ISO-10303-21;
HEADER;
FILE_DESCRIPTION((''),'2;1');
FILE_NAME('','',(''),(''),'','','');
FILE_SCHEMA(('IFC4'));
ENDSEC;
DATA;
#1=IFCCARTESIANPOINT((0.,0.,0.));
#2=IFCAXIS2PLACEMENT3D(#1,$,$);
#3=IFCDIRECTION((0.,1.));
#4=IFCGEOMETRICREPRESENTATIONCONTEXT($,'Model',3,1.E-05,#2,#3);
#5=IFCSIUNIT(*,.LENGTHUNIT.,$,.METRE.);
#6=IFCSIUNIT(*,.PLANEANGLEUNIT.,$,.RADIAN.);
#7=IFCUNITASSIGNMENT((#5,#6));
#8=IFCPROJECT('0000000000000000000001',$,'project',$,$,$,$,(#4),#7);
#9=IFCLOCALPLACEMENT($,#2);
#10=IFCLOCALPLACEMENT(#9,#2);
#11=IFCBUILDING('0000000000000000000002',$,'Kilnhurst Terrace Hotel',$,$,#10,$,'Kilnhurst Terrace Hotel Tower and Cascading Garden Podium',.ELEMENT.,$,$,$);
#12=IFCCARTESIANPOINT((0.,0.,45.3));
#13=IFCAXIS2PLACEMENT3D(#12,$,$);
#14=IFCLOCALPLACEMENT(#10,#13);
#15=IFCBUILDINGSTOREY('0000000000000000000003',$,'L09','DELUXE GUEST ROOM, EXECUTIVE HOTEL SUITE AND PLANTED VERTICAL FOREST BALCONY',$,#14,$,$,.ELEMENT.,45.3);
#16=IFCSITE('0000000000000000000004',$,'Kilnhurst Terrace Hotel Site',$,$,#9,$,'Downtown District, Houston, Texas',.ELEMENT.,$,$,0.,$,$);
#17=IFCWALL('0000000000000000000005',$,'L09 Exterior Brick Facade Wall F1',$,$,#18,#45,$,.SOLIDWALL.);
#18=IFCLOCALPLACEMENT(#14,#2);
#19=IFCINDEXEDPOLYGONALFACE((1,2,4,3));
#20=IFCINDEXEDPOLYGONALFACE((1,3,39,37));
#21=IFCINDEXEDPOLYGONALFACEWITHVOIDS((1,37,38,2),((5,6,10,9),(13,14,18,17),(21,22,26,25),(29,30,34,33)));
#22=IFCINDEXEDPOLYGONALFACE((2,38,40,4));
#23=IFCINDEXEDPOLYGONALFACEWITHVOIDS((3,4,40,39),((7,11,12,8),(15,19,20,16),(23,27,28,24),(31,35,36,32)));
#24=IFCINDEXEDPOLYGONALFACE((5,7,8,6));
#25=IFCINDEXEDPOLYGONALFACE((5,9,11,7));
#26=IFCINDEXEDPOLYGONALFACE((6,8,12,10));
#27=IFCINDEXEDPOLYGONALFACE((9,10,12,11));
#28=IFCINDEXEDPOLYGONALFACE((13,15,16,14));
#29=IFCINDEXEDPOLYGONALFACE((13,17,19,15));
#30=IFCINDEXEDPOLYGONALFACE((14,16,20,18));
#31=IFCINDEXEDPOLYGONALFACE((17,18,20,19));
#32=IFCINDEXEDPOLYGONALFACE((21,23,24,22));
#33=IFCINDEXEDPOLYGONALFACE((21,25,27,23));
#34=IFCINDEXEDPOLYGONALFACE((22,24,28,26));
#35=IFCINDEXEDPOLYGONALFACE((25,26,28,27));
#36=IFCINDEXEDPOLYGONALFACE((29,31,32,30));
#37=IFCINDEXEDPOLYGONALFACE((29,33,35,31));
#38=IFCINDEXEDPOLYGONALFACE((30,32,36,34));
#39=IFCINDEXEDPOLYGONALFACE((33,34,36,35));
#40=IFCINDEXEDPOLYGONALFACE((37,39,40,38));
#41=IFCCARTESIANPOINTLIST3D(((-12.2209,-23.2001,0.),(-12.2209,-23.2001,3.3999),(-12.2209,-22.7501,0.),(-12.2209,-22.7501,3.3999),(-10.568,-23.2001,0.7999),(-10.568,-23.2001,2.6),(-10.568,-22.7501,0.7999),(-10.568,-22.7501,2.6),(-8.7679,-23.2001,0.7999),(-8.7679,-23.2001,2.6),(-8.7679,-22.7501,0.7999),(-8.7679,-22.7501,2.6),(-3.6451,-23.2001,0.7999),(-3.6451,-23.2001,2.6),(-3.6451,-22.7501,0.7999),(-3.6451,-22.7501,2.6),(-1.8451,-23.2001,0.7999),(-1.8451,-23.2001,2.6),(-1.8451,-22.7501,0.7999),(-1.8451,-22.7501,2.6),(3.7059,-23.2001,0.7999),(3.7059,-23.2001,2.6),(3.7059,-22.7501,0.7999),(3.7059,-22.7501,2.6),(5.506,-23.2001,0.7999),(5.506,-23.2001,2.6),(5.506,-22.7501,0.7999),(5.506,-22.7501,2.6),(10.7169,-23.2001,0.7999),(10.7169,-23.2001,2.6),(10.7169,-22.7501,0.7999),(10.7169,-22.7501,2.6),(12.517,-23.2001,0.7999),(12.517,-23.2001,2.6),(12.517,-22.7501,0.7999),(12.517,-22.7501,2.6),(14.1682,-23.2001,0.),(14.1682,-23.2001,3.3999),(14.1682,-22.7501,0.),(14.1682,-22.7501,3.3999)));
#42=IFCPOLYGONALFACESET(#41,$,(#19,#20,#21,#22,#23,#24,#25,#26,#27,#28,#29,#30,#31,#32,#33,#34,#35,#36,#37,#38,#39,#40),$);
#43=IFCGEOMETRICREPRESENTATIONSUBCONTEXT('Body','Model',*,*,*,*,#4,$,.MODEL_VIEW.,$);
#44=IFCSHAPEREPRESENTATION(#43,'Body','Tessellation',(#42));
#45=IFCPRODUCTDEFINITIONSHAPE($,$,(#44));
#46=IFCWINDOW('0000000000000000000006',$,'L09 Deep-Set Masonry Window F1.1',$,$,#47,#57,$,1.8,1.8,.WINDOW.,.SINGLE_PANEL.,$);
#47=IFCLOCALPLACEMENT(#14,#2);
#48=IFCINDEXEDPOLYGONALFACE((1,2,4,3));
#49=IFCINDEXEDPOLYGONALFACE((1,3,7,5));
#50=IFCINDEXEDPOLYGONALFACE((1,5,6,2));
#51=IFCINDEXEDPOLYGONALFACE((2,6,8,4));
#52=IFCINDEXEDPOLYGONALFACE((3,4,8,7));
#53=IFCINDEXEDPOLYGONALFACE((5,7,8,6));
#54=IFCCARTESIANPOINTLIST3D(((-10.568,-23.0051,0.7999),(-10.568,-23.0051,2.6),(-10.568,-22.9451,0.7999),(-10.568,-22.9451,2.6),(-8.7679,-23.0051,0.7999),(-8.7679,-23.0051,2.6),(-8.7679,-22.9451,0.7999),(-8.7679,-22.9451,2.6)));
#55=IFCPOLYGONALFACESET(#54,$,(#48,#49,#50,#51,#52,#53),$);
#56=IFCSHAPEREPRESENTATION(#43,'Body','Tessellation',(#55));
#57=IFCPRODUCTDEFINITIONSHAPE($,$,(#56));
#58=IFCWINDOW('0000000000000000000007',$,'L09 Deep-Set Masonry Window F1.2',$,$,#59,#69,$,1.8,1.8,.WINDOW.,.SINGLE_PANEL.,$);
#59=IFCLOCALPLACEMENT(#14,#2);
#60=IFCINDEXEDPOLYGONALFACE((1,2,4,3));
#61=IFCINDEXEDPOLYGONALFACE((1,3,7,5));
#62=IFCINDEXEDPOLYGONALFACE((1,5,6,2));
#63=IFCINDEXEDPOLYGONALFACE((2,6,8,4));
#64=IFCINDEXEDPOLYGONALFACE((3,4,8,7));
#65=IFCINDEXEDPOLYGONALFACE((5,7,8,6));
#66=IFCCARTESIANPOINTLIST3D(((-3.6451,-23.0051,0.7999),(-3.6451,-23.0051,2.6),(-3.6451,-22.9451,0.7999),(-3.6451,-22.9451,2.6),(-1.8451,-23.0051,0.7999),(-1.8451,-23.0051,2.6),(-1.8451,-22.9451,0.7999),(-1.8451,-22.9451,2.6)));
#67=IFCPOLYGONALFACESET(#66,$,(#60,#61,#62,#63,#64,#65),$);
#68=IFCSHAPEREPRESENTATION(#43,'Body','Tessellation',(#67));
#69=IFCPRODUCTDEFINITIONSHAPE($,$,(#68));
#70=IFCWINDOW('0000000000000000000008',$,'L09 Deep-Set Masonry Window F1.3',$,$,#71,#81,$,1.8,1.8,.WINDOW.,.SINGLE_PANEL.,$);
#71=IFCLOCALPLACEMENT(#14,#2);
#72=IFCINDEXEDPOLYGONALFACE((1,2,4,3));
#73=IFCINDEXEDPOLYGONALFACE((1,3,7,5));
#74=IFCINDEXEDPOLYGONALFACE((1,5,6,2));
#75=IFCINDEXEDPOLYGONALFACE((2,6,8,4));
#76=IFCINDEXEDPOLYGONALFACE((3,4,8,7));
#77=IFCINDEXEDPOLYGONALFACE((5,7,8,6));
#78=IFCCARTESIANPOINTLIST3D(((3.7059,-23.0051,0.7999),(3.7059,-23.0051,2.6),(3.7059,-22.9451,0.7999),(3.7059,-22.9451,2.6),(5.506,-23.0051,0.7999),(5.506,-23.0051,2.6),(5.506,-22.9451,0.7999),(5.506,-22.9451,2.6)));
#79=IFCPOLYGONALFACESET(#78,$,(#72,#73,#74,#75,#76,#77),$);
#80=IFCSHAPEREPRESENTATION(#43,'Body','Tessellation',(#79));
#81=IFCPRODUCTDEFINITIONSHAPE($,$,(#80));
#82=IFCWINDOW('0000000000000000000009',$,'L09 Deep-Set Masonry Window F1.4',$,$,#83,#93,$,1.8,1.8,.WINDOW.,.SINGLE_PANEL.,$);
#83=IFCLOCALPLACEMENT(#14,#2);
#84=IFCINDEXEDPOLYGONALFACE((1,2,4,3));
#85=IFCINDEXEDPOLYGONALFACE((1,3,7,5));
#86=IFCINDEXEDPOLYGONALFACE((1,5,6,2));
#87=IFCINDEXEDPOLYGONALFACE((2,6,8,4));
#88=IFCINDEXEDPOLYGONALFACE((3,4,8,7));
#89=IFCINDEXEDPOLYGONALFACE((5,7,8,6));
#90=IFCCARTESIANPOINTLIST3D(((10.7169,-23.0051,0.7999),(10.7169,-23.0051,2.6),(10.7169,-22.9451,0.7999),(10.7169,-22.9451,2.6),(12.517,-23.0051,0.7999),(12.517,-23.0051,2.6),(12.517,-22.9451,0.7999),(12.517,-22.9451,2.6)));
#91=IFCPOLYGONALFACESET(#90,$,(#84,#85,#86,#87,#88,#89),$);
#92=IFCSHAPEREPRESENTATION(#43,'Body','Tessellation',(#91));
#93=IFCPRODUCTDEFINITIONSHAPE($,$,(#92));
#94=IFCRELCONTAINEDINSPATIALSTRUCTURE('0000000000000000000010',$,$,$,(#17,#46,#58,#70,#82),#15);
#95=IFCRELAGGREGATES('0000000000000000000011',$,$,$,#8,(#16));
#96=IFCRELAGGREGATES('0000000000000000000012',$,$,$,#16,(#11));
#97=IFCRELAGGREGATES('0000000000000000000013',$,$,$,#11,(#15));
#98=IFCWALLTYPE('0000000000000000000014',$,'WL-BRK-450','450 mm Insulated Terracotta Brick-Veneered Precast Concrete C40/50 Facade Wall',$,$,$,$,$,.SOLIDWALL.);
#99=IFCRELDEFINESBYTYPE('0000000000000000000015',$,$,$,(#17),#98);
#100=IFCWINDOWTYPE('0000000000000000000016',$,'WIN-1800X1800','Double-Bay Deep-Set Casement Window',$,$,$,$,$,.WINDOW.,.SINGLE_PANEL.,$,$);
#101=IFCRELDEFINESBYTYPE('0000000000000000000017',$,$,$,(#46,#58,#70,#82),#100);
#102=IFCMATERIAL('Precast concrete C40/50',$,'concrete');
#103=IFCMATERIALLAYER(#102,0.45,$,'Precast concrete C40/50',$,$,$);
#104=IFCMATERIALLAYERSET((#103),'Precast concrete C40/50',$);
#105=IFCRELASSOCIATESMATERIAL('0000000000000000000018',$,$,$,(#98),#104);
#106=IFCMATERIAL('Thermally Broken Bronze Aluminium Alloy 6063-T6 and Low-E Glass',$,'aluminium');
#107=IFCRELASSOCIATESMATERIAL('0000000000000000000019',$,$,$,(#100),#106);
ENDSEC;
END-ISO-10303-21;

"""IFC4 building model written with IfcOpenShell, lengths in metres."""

from ifc_helpers import new_model, si_unit, direction, frame, frame_2d, origin, place, context, subcontext, project, spatial, rectangle, extrude, material, layer, layer_set, type_object, element, fill, save


model = new_model("IFC4")

# Units and contexts
model_context = context("Model", 3, precision=1e-05, world=origin(), true_north=direction((0.0, 1.0)))
body_context = subcontext(model_context, "Body", "Model", "MODEL_VIEW")
ifc_project = project(units=[si_unit("LENGTHUNIT", "METRE"), si_unit("PLANEANGLEUNIT", "RADIAN")], contexts=[model_context])

# Site, building, storey
site_placement = place(None, origin())
site = spatial("IfcSite", under=ifc_project, at=site_placement, Name="Kilnhurst Terrace Hotel Site", LongName="Downtown District, Houston, Texas", CompositionType="ELEMENT", RefElevation=0.0)
building_placement = place(site_placement, origin())
building = spatial("IfcBuilding", under=site, at=building_placement, Name="Kilnhurst Terrace Hotel", LongName="Kilnhurst Terrace Hotel Tower and Cascading Garden Podium", CompositionType="ELEMENT")
storey_placement = place(building_placement, frame((0.0, 0.0, 45.3)))
storey = spatial("IfcBuildingStorey", under=building, at=storey_placement, Name="L09", Description="DELUXE GUEST ROOM, EXECUTIVE HOTEL SUITE AND PLANTED VERTICAL FOREST BALCONY", CompositionType="ELEMENT", Elevation=45.3)

# Shared definitions
ifc_material_1 = material(Name="Precast concrete C40/50", Category="concrete")
ifc_layer_1 = layer(ifc_material_1, 0.45, Name="Precast concrete C40/50")
ifc_layer_set_1 = layer_set([ifc_layer_1], Name="Precast concrete C40/50")
wall_type_1 = type_object("IfcWallType", Name="WL-BRK-450", Description="450 mm Insulated Terracotta Brick-Veneered Precast Concrete C40/50 Facade Wall", PredefinedType="SOLIDWALL", material=ifc_layer_set_1)

# Wall, openings, windows
wall_1_placement = place(storey_placement, frame((-12.2209, -22.9751, 0.0), z_axis=(0.0, 0.0, 1.0), x_axis=(1.0, 0.0, 0.0)))
wall_1 = element("IfcWall", 1, at=wall_1_placement, inside=storey, type_object=wall_type_1, Name="L09 Exterior Brick Facade Wall F1", PredefinedType="SOLIDWALL", context=body_context, shape_type="SweptSolid", body=[
    extrude(rectangle(XDim=26.3892, YDim=0.45, at=frame_2d((13.1946, 0.0))), origin(), (0.0, 0.0, 1.0), 3.3999),
])
opening_1_placement = place(wall_1_placement, frame((1.6531, 0.0, 0.8)))
opening_1 = element("IfcOpeningElement", 2, at=opening_1_placement, cuts=wall_1, PredefinedType="OPENING", context=body_context, shape_type="SweptSolid", body=[
    extrude(rectangle(XDim=1.8, YDim=1.8, at=frame_2d((0.8999, 0.8999))), frame((0.0, 0.2349, 0.0), z_axis=(0.0, -1.0, 0.0), x_axis=(1.0, 0.0, 0.0)), (0.0, 0.0, 1.0), 0.47),
])
opening_2_placement = place(wall_1_placement, frame((8.5759, 0.0, 0.8)))
opening_2 = element("IfcOpeningElement", 3, at=opening_2_placement, cuts=wall_1, PredefinedType="OPENING", context=body_context, shape_type="SweptSolid", body=[
    extrude(rectangle(XDim=1.8, YDim=1.8, at=frame_2d((0.8999, 0.8999))), frame((0.0, 0.2349, 0.0), z_axis=(0.0, -1.0, 0.0), x_axis=(1.0, 0.0, 0.0)), (0.0, 0.0, 1.0), 0.47),
])
opening_3_placement = place(wall_1_placement, frame((15.927, 0.0, 0.8)))
opening_3 = element("IfcOpeningElement", 4, at=opening_3_placement, cuts=wall_1, PredefinedType="OPENING", context=body_context, shape_type="SweptSolid", body=[
    extrude(rectangle(XDim=1.8, YDim=1.8, at=frame_2d((0.8999, 0.8999))), frame((0.0, 0.2349, 0.0), z_axis=(0.0, -1.0, 0.0), x_axis=(1.0, 0.0, 0.0)), (0.0, 0.0, 1.0), 0.47),
])
opening_4_placement = place(wall_1_placement, frame((22.938, 0.0, 0.8)))
opening_4 = element("IfcOpeningElement", 5, at=opening_4_placement, cuts=wall_1, PredefinedType="OPENING", context=body_context, shape_type="SweptSolid", body=[
    extrude(rectangle(XDim=1.8, YDim=1.8, at=frame_2d((0.8999, 0.8999))), frame((0.0, 0.2349, 0.0), z_axis=(0.0, -1.0, 0.0), x_axis=(1.0, 0.0, 0.0)), (0.0, 0.0, 1.0), 0.47),
])
ifc_material_2 = material(Name="Thermally Broken Bronze Aluminium Alloy 6063-T6 and Low-E Glass", Category="aluminium")
window_type = type_object("IfcWindowType", Name="WIN-1800X1800", Description="Double-Bay Deep-Set Casement Window", PartitioningType="SINGLE_PANEL", PredefinedType="WINDOW", material=ifc_material_2)
window_1_placement = place(opening_1_placement, origin())
window_1 = element("IfcWindow", 6, at=window_1_placement, inside=storey, type_object=window_type, Name="L09 Deep-Set Masonry Window F1.1", OverallHeight=1.8, OverallWidth=1.8, PartitioningType="SINGLE_PANEL", PredefinedType="WINDOW", context=body_context, shape_type="SweptSolid", body=[
    extrude(rectangle(XDim=1.8, YDim=1.8, at=frame_2d((0.8999, 0.8999))), frame((0.0, 0.03, 0.0), z_axis=(0.0, -1.0, 0.0), x_axis=(1.0, 0.0, 0.0)), (0.0, 0.0, 1.0), 0.0601),
])
fill(opening_1, window_1)
window_2_placement = place(opening_2_placement, origin())
window_2 = element("IfcWindow", 7, at=window_2_placement, inside=storey, type_object=window_type, Name="L09 Deep-Set Masonry Window F1.2", OverallHeight=1.8, OverallWidth=1.8, PartitioningType="SINGLE_PANEL", PredefinedType="WINDOW", context=body_context, shape_type="SweptSolid", body=[
    extrude(rectangle(XDim=1.8, YDim=1.8, at=frame_2d((0.8999, 0.8999))), frame((0.0, 0.03, 0.0), z_axis=(0.0, -1.0, 0.0), x_axis=(1.0, 0.0, 0.0)), (0.0, 0.0, 1.0), 0.0601),
])
fill(opening_2, window_2)
window_3_placement = place(opening_3_placement, origin())
window_3 = element("IfcWindow", 8, at=window_3_placement, inside=storey, type_object=window_type, Name="L09 Deep-Set Masonry Window F1.3", OverallHeight=1.8, OverallWidth=1.8, PartitioningType="SINGLE_PANEL", PredefinedType="WINDOW", context=body_context, shape_type="SweptSolid", body=[
    extrude(rectangle(XDim=1.8, YDim=1.8, at=frame_2d((0.8999, 0.8999))), frame((0.0, 0.03, 0.0), z_axis=(0.0, -1.0, 0.0), x_axis=(1.0, 0.0, 0.0)), (0.0, 0.0, 1.0), 0.0601),
])
fill(opening_3, window_3)
window_4_placement = place(opening_4_placement, origin())
window_4 = element("IfcWindow", 9, at=window_4_placement, inside=storey, type_object=window_type, Name="L09 Deep-Set Masonry Window F1.4", OverallHeight=1.8, OverallWidth=1.8, PartitioningType="SINGLE_PANEL", PredefinedType="WINDOW", context=body_context, shape_type="SweptSolid", body=[
    extrude(rectangle(XDim=1.8, YDim=1.8, at=frame_2d((0.8999, 0.8999))), frame((0.0, 0.03, 0.0), z_axis=(0.0, -1.0, 0.0), x_axis=(1.0, 0.0, 0.0)), (0.0, 0.0, 1.0), 0.0601),
])
fill(opening_4, window_4)

save(model, "model.ifc")
